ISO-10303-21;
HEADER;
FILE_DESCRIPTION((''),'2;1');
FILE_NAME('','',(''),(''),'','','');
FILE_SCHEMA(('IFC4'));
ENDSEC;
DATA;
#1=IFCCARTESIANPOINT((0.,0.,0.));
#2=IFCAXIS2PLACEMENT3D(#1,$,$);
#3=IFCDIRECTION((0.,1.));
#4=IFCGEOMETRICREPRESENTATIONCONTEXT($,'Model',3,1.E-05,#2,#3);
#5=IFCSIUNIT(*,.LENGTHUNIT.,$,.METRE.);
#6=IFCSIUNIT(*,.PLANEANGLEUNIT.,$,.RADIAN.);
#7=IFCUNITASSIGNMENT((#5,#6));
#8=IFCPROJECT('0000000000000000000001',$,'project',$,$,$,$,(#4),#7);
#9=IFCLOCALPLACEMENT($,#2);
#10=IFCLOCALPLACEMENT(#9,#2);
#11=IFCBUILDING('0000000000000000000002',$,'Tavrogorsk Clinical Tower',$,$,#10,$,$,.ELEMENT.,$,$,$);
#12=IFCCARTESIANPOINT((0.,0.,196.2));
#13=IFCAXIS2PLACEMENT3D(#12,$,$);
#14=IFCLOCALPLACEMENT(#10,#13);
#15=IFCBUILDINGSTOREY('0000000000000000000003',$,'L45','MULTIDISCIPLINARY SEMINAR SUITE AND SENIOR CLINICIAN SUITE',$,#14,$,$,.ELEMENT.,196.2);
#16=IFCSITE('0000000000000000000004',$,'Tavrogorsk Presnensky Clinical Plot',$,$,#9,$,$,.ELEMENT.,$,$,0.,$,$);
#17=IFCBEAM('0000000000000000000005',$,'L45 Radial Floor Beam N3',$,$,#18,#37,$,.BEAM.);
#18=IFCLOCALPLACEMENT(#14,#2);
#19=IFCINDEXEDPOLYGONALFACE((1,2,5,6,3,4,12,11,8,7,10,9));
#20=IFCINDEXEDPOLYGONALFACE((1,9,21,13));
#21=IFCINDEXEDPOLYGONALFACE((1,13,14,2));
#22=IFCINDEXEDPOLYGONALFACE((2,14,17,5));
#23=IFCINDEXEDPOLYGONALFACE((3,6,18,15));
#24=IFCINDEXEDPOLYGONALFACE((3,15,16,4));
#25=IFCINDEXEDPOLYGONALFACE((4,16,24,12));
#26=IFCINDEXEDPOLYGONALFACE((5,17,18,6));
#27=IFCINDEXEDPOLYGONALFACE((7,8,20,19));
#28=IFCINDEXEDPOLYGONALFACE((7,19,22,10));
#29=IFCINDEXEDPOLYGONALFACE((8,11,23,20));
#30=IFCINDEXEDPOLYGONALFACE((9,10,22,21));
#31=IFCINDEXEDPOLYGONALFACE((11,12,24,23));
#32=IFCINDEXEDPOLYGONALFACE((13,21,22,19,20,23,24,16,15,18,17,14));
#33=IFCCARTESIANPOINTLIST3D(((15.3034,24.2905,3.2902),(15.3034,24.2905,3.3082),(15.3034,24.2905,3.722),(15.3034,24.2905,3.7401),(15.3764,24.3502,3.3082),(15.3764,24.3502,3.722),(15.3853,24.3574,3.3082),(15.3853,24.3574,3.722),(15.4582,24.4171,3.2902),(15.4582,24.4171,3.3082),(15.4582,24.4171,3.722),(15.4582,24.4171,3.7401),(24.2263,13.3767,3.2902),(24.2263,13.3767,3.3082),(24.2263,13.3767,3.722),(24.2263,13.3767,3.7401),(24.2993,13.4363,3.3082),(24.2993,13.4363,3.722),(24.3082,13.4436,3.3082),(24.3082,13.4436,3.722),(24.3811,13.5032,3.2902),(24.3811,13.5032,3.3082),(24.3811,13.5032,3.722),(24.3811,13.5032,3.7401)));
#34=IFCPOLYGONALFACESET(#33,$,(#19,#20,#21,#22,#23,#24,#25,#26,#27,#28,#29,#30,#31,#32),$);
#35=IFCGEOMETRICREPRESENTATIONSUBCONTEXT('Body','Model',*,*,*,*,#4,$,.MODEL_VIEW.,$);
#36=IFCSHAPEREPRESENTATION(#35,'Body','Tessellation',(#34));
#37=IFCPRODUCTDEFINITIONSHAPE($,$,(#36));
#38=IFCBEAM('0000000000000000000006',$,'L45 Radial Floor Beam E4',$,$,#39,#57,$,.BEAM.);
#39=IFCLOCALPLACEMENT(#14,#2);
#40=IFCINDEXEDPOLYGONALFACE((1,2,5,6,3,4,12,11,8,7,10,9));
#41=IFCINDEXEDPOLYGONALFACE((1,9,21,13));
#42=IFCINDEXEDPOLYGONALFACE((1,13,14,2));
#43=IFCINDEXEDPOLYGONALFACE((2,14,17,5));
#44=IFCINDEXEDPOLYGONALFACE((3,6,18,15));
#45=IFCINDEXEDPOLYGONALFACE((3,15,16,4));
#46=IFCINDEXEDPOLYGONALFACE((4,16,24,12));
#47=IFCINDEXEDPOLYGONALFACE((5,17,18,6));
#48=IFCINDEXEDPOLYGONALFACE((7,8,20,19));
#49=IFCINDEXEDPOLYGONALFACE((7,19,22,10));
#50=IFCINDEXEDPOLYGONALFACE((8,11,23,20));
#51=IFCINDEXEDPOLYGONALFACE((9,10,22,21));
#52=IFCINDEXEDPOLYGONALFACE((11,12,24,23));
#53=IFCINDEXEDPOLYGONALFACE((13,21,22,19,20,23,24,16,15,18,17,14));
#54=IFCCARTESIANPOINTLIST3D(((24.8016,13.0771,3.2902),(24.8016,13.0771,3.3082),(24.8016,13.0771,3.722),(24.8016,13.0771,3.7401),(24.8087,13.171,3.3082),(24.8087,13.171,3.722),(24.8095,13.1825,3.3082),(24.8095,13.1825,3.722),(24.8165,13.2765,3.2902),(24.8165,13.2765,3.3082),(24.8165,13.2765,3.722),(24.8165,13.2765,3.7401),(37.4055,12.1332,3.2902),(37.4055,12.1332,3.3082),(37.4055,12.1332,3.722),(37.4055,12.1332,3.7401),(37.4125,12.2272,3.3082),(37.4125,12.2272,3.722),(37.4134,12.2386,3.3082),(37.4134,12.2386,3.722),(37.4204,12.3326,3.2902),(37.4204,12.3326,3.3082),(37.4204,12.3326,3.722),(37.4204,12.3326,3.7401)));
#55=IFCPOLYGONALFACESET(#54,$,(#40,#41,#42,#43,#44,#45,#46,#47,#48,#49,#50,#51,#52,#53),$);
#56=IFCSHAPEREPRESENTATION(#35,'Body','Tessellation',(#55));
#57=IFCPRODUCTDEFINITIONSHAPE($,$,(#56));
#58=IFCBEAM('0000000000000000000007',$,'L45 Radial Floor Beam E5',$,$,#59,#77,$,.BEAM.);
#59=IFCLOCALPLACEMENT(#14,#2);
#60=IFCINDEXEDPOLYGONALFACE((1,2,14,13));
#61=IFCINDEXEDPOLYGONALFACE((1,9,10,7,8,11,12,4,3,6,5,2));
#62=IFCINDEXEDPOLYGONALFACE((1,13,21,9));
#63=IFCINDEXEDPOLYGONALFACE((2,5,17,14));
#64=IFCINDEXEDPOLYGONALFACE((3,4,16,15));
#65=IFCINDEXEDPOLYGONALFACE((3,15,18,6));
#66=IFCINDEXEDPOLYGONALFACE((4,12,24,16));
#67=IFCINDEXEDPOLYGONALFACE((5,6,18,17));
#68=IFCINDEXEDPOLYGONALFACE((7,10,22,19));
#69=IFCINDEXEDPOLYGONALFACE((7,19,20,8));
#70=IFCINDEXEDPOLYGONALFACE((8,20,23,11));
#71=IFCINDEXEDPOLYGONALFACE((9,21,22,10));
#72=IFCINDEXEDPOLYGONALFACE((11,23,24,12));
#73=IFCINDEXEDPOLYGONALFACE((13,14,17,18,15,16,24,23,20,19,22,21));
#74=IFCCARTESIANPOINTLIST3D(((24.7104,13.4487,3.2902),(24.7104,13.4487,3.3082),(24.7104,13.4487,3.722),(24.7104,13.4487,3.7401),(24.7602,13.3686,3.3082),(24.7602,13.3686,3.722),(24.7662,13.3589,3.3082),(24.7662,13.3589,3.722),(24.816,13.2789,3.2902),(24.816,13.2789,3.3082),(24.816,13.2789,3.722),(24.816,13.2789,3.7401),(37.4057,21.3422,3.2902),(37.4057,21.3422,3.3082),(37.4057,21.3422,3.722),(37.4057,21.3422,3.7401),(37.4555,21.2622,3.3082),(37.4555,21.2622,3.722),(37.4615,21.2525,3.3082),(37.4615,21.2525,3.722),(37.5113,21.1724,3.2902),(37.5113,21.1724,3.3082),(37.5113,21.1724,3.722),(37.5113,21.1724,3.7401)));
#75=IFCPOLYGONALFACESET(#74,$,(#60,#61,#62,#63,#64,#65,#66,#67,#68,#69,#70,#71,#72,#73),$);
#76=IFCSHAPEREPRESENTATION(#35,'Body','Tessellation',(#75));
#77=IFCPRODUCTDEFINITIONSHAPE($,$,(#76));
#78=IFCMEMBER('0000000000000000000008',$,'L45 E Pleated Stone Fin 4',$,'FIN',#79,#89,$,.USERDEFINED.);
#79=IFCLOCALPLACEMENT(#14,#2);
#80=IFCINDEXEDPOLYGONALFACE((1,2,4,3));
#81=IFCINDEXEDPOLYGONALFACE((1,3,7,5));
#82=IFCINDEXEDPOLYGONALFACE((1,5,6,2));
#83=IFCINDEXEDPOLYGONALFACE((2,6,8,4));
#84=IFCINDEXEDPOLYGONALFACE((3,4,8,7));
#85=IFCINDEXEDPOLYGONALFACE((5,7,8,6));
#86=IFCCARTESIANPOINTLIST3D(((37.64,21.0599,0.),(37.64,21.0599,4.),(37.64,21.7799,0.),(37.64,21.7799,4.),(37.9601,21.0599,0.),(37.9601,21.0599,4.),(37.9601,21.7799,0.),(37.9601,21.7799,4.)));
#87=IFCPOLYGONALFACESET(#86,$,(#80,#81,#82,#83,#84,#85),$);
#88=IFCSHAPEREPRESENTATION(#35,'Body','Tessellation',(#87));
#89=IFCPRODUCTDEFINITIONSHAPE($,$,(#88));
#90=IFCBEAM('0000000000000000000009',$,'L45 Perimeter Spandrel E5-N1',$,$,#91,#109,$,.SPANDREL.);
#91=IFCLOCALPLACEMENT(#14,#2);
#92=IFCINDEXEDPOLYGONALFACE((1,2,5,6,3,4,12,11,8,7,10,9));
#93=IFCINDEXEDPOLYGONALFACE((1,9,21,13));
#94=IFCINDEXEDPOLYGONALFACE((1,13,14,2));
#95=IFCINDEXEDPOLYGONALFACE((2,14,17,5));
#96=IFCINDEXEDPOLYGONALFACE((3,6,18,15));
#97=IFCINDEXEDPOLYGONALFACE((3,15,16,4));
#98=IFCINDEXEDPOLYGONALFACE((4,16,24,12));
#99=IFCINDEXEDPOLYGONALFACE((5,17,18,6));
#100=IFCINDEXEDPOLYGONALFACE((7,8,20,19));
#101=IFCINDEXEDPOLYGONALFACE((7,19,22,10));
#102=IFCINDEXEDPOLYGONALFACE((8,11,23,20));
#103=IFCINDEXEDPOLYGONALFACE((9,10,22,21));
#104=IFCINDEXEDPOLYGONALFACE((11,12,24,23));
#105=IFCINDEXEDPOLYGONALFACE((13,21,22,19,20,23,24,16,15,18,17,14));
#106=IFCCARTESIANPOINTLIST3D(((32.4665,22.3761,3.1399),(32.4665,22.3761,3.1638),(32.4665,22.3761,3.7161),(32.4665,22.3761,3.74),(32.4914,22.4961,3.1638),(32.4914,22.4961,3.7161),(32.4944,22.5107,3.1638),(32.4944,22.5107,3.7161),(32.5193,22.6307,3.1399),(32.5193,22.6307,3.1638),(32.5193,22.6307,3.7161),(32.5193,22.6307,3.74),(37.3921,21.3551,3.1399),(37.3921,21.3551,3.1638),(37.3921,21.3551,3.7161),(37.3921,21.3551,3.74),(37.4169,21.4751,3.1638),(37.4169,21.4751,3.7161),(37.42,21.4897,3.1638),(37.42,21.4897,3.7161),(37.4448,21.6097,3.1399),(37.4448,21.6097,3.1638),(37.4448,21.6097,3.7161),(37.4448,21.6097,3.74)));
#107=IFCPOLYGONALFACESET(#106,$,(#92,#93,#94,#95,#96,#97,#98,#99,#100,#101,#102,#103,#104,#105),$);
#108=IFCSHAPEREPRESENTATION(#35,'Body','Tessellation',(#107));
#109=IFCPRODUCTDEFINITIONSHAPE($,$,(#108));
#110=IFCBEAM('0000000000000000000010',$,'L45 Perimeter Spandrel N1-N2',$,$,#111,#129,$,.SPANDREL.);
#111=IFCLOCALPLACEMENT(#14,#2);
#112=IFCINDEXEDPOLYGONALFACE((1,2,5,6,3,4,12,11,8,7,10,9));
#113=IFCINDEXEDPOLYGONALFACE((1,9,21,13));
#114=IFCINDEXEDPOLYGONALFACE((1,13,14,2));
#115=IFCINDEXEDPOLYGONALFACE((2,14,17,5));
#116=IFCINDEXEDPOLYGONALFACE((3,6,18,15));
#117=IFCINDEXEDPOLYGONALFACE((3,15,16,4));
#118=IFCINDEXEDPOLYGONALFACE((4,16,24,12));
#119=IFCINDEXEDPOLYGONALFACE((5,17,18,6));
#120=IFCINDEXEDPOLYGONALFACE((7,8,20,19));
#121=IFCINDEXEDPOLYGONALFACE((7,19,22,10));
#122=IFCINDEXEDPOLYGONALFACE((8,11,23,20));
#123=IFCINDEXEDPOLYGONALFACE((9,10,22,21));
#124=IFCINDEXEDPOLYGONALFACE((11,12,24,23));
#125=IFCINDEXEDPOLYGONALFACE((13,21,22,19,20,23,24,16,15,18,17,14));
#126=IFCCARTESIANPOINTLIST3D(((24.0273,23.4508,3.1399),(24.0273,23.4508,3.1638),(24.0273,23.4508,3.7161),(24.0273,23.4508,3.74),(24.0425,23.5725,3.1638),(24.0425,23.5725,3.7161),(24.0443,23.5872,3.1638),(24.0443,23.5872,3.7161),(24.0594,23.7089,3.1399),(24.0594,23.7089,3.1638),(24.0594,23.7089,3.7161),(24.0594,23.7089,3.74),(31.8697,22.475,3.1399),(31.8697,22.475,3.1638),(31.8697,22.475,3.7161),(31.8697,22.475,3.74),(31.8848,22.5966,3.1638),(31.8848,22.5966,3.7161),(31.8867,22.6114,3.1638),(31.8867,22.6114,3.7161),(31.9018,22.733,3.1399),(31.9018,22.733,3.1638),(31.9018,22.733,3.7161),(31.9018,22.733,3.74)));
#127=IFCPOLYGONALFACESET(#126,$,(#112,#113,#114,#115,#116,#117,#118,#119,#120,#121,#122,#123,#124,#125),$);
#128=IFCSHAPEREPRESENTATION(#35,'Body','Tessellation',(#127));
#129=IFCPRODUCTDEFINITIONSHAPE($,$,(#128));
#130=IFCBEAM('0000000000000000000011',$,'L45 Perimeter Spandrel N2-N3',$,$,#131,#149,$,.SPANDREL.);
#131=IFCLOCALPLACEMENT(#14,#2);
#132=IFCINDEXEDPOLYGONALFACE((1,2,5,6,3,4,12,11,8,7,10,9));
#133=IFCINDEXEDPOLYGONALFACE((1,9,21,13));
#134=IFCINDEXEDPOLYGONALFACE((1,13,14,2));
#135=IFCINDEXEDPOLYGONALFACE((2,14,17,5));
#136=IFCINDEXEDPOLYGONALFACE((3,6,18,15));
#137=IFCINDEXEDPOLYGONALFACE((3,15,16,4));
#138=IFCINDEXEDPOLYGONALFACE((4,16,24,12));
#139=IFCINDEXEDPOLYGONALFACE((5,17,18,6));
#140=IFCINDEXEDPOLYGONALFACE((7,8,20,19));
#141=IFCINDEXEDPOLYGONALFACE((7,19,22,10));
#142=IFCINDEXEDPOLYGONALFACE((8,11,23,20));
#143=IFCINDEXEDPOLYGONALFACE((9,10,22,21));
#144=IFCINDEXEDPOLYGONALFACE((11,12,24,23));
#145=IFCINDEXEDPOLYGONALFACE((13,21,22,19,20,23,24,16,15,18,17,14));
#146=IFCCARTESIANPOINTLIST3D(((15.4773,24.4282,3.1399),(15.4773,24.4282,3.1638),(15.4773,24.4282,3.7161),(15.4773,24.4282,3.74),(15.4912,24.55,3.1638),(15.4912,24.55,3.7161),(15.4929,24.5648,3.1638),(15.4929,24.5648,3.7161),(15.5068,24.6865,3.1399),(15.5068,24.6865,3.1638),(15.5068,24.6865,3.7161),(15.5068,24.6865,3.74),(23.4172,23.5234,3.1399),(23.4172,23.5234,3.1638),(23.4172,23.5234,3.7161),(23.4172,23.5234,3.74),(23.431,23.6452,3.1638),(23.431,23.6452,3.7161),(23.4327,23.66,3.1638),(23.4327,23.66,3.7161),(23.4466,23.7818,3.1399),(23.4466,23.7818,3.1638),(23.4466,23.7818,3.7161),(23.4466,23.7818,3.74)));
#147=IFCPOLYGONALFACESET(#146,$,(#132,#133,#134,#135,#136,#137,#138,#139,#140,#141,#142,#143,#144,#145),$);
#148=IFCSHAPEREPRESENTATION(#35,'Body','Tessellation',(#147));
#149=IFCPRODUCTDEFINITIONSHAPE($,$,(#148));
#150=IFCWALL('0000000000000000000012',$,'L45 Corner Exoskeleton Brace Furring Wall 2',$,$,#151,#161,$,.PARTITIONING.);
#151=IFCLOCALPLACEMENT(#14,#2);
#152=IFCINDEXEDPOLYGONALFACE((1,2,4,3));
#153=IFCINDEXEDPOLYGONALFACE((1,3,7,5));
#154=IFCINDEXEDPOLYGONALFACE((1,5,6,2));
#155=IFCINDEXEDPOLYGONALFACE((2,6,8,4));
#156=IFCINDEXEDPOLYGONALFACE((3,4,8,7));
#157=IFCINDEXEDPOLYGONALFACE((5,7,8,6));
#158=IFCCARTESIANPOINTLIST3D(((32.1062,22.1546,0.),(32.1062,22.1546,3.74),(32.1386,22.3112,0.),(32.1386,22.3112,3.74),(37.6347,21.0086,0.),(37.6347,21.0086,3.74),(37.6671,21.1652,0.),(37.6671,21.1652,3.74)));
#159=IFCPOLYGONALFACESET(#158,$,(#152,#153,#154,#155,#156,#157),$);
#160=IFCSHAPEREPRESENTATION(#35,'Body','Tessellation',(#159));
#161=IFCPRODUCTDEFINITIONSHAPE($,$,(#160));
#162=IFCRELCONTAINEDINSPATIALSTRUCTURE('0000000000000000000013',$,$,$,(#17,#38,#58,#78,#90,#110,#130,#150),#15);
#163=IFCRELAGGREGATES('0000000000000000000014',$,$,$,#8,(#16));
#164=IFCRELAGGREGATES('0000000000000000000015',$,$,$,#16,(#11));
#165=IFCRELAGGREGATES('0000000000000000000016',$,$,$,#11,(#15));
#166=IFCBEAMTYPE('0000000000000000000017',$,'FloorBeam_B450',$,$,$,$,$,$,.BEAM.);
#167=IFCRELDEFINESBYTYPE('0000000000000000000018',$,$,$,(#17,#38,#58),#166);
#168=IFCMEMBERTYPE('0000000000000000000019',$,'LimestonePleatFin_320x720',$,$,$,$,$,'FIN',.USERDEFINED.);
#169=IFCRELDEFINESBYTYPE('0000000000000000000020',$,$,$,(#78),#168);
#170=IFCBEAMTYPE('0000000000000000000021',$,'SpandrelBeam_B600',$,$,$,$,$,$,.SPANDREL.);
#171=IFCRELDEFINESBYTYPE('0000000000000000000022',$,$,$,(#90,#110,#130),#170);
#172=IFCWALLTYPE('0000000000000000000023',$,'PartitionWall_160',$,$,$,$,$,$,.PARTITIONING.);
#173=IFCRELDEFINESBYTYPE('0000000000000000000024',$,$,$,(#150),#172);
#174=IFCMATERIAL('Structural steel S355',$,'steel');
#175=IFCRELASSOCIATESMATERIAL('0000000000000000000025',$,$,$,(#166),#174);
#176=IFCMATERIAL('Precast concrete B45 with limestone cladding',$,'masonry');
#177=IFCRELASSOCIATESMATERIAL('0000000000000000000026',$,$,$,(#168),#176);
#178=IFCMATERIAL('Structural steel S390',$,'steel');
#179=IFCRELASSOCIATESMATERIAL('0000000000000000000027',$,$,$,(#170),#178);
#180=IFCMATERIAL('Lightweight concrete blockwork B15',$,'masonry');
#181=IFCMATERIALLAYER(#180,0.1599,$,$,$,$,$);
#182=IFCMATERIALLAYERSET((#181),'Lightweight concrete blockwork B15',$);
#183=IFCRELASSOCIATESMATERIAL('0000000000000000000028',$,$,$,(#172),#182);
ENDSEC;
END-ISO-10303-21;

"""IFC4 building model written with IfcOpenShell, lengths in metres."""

from ifc_helpers import new_model, si_unit, direction, frame, frame_2d, origin, origin_2d, place, context, subcontext, project, spatial, rectangle, i_section, extrude, material, layer, layer_set, material_profile, profile_set, type_object, element, save


model = new_model("IFC4")

# Units and contexts
model_context = context("Model", 3, precision=1e-05, world=origin(), true_north=direction((0.0, 1.0)))
body_context = subcontext(model_context, "Body", "Model", "MODEL_VIEW")
ifc_project = project(units=[si_unit("LENGTHUNIT", "METRE"), si_unit("PLANEANGLEUNIT", "RADIAN")], contexts=[model_context])

# Site, building, storey
site_placement = place(None, origin())
site = spatial("IfcSite", under=ifc_project, at=site_placement, Name="Tavrogorsk Presnensky Clinical Plot", CompositionType="ELEMENT", RefElevation=0.0)
building_placement = place(site_placement, origin())
building = spatial("IfcBuilding", under=site, at=building_placement, Name="Tavrogorsk Clinical Tower", CompositionType="ELEMENT")
storey_placement = place(building_placement, frame((0.0, 0.0, 196.2)))
storey = spatial("IfcBuildingStorey", under=building, at=storey_placement, Name="L45", Description="MULTIDISCIPLINARY SEMINAR SUITE AND SENIOR CLINICIAN SUITE", CompositionType="ELEMENT", Elevation=196.2)

# Beams
ifc_material_1 = material(Name="Structural steel S355", Category="steel")
ifc_material_profile_1 = material_profile(ifc_material_1, i_section(OverallWidth=0.2, OverallDepth=0.45, WebThickness=0.0115, FlangeThickness=0.0181, at=origin_2d()), Name="B-450x200x11.5x18")
ifc_profile_set_1 = profile_set([ifc_material_profile_1], Name="Structural steel S355")
beam_type_1 = type_object("IfcBeamType", Name="FloorBeam_B450", PredefinedType="BEAM", material=ifc_profile_set_1)
beam_1_placement = place(storey_placement, frame((24.3037, 13.4399, 3.5151), z_axis=(-0.632956, 0.774188, 0.0), x_axis=(-0.774188, -0.632956, 0.0)))
element("IfcBeam", 1, at=beam_1_placement, inside=storey, type_object=beam_type_1, Name="L45 Radial Floor Beam N3", PredefinedType="BEAM", context=body_context, shape_type="SweptSolid", body=[
    extrude(i_section(OverallWidth=0.2, OverallDepth=0.45, WebThickness=0.0115, FlangeThickness=0.0181, at=origin_2d()), origin(), (0.0, 0.0, 1.0), 14.0972),
])
beam_2_placement = place(storey_placement, frame((24.8091, 13.1768, 3.5151), z_axis=(0.997208, -0.074677, 0.0), x_axis=(0.074677, 0.997208, 0.0)))
element("IfcBeam", 2, at=beam_2_placement, inside=storey, type_object=beam_type_1, Name="L45 Radial Floor Beam E4", PredefinedType="BEAM", context=body_context, shape_type="SweptSolid", body=[
    extrude(i_section(OverallWidth=0.2, OverallDepth=0.45, WebThickness=0.0115, FlangeThickness=0.0181, at=origin_2d()), origin(), (0.0, 0.0, 1.0), 12.6392),
])
beam_3_placement = place(storey_placement, frame((24.7632, 13.3638, 3.5151), z_axis=(0.849229, 0.528025, 0.0), x_axis=(-0.528025, 0.849229, 0.0)))
element("IfcBeam", 3, at=beam_3_placement, inside=storey, type_object=beam_type_1, Name="L45 Radial Floor Beam E5", PredefinedType="BEAM", context=body_context, shape_type="SweptSolid", body=[
    extrude(i_section(OverallWidth=0.2, OverallDepth=0.45, WebThickness=0.0115, FlangeThickness=0.0181, at=origin_2d()), origin(), (0.0, 0.0, 1.0), 14.9492),
])

# Member
ifc_material_2 = material(Name="Precast concrete B45 with limestone cladding", Category="masonry")
ifc_material_profile_2 = material_profile(ifc_material_2, rectangle(XDim=0.3201, YDim=0.72, at=origin_2d()), Name="LIMESTONE-FIN-320x720")
ifc_profile_set_2 = profile_set([ifc_material_profile_2], Name="Precast concrete B45 with limestone cladding")
member_type_1 = type_object("IfcMemberType", Name="LimestonePleatFin_320x720", ElementType="FIN", PredefinedType="USERDEFINED", material=ifc_profile_set_2)
member_1_placement = place(storey_placement, frame((37.8, 21.4199, 0.0), z_axis=(0.0, 0.0, 1.0), x_axis=(1.0, 0.0, 0.0)))
element("IfcMember", 4, at=member_1_placement, inside=storey, type_object=member_type_1, Name="L45 E Pleated Stone Fin 4", ObjectType="FIN", PredefinedType="USERDEFINED", context=body_context, shape_type="SweptSolid", body=[
    extrude(rectangle(XDim=0.3201, YDim=0.72, at=origin_2d()), origin(), (0.0, 0.0, 1.0), 4.0),
])

# Beams
ifc_material_3 = material(Name="Structural steel S390", Category="steel")
ifc_material_profile_3 = material_profile(ifc_material_3, i_section(OverallWidth=0.26, OverallDepth=0.6001, WebThickness=0.0149, FlangeThickness=0.0239, at=origin_2d()), Name="B-600x260x15x24")
ifc_profile_set_3 = profile_set([ifc_material_profile_3], Name="Structural steel S390")
beam_type_2 = type_object("IfcBeamType", Name="SpandrelBeam_B600", PredefinedType="SPANDREL", material=ifc_profile_set_3)
beam_4_placement = place(storey_placement, frame((37.4185, 21.4824, 3.4399), z_axis=(-0.979185, 0.202972, 0.0), x_axis=(-0.202972, -0.979185, 0.0)))
element("IfcBeam", 5, at=beam_4_placement, inside=storey, type_object=beam_type_2, Name="L45 Perimeter Spandrel E5-N1", PredefinedType="SPANDREL", context=body_context, shape_type="SweptSolid", body=[
    extrude(i_section(OverallWidth=0.26, OverallDepth=0.6001, WebThickness=0.0149, FlangeThickness=0.0239, at=origin_2d()), origin(), (0.0, 0.0, 1.0), 5.0303),
])
beam_5_placement = place(storey_placement, frame((31.8857, 22.604, 3.4399), z_axis=(-0.992347, 0.12348, 0.0), x_axis=(-0.12348, -0.992347, 0.0)))
element("IfcBeam", 6, at=beam_5_placement, inside=storey, type_object=beam_type_2, Name="L45 Perimeter Spandrel N1-N2", PredefinedType="SPANDREL", context=body_context, shape_type="SweptSolid", body=[
    extrude(i_section(OverallWidth=0.26, OverallDepth=0.6001, WebThickness=0.0149, FlangeThickness=0.0239, at=origin_2d()), origin(), (0.0, 0.0, 1.0), 7.9028),
])
beam_6_placement = place(storey_placement, frame((23.4319, 23.6526, 3.4399), z_axis=(-0.99357, 0.113221, 0.0), x_axis=(-0.113221, -0.99357, 0.0)))
element("IfcBeam", 7, at=beam_6_placement, inside=storey, type_object=beam_type_2, Name="L45 Perimeter Spandrel N2-N3", PredefinedType="SPANDREL", context=body_context, shape_type="SweptSolid", body=[
    extrude(i_section(OverallWidth=0.26, OverallDepth=0.6001, WebThickness=0.0149, FlangeThickness=0.0239, at=origin_2d()), origin(), (0.0, 0.0, 1.0), 7.9912),
])

# Wall
ifc_material_4 = material(Name="Lightweight concrete blockwork B15", Category="masonry")
ifc_layer_1 = layer(ifc_material_4, 0.1599)
ifc_layer_set_1 = layer_set([ifc_layer_1], Name="Lightweight concrete blockwork B15")
wall_type_1 = type_object("IfcWallType", Name="PartitionWall_160", PredefinedType="PARTITIONING", material=ifc_layer_set_1)
wall_1_placement = place(storey_placement, frame((37.6509, 21.0869, 0.0), z_axis=(0.0, 0.0, 1.0), x_axis=(-0.979185, 0.202972, 0.0)))
element("IfcWall", 8, at=wall_1_placement, inside=storey, type_object=wall_type_1, Name="L45 Corner Exoskeleton Brace Furring Wall 2", PredefinedType="PARTITIONING", context=body_context, shape_type="SweptSolid", body=[
    extrude(rectangle(XDim=5.646, YDim=0.1599, at=frame_2d((2.823, 0.0))), origin(), (0.0, 0.0, 1.0), 3.74),
])

save(model, "model.ifc")
